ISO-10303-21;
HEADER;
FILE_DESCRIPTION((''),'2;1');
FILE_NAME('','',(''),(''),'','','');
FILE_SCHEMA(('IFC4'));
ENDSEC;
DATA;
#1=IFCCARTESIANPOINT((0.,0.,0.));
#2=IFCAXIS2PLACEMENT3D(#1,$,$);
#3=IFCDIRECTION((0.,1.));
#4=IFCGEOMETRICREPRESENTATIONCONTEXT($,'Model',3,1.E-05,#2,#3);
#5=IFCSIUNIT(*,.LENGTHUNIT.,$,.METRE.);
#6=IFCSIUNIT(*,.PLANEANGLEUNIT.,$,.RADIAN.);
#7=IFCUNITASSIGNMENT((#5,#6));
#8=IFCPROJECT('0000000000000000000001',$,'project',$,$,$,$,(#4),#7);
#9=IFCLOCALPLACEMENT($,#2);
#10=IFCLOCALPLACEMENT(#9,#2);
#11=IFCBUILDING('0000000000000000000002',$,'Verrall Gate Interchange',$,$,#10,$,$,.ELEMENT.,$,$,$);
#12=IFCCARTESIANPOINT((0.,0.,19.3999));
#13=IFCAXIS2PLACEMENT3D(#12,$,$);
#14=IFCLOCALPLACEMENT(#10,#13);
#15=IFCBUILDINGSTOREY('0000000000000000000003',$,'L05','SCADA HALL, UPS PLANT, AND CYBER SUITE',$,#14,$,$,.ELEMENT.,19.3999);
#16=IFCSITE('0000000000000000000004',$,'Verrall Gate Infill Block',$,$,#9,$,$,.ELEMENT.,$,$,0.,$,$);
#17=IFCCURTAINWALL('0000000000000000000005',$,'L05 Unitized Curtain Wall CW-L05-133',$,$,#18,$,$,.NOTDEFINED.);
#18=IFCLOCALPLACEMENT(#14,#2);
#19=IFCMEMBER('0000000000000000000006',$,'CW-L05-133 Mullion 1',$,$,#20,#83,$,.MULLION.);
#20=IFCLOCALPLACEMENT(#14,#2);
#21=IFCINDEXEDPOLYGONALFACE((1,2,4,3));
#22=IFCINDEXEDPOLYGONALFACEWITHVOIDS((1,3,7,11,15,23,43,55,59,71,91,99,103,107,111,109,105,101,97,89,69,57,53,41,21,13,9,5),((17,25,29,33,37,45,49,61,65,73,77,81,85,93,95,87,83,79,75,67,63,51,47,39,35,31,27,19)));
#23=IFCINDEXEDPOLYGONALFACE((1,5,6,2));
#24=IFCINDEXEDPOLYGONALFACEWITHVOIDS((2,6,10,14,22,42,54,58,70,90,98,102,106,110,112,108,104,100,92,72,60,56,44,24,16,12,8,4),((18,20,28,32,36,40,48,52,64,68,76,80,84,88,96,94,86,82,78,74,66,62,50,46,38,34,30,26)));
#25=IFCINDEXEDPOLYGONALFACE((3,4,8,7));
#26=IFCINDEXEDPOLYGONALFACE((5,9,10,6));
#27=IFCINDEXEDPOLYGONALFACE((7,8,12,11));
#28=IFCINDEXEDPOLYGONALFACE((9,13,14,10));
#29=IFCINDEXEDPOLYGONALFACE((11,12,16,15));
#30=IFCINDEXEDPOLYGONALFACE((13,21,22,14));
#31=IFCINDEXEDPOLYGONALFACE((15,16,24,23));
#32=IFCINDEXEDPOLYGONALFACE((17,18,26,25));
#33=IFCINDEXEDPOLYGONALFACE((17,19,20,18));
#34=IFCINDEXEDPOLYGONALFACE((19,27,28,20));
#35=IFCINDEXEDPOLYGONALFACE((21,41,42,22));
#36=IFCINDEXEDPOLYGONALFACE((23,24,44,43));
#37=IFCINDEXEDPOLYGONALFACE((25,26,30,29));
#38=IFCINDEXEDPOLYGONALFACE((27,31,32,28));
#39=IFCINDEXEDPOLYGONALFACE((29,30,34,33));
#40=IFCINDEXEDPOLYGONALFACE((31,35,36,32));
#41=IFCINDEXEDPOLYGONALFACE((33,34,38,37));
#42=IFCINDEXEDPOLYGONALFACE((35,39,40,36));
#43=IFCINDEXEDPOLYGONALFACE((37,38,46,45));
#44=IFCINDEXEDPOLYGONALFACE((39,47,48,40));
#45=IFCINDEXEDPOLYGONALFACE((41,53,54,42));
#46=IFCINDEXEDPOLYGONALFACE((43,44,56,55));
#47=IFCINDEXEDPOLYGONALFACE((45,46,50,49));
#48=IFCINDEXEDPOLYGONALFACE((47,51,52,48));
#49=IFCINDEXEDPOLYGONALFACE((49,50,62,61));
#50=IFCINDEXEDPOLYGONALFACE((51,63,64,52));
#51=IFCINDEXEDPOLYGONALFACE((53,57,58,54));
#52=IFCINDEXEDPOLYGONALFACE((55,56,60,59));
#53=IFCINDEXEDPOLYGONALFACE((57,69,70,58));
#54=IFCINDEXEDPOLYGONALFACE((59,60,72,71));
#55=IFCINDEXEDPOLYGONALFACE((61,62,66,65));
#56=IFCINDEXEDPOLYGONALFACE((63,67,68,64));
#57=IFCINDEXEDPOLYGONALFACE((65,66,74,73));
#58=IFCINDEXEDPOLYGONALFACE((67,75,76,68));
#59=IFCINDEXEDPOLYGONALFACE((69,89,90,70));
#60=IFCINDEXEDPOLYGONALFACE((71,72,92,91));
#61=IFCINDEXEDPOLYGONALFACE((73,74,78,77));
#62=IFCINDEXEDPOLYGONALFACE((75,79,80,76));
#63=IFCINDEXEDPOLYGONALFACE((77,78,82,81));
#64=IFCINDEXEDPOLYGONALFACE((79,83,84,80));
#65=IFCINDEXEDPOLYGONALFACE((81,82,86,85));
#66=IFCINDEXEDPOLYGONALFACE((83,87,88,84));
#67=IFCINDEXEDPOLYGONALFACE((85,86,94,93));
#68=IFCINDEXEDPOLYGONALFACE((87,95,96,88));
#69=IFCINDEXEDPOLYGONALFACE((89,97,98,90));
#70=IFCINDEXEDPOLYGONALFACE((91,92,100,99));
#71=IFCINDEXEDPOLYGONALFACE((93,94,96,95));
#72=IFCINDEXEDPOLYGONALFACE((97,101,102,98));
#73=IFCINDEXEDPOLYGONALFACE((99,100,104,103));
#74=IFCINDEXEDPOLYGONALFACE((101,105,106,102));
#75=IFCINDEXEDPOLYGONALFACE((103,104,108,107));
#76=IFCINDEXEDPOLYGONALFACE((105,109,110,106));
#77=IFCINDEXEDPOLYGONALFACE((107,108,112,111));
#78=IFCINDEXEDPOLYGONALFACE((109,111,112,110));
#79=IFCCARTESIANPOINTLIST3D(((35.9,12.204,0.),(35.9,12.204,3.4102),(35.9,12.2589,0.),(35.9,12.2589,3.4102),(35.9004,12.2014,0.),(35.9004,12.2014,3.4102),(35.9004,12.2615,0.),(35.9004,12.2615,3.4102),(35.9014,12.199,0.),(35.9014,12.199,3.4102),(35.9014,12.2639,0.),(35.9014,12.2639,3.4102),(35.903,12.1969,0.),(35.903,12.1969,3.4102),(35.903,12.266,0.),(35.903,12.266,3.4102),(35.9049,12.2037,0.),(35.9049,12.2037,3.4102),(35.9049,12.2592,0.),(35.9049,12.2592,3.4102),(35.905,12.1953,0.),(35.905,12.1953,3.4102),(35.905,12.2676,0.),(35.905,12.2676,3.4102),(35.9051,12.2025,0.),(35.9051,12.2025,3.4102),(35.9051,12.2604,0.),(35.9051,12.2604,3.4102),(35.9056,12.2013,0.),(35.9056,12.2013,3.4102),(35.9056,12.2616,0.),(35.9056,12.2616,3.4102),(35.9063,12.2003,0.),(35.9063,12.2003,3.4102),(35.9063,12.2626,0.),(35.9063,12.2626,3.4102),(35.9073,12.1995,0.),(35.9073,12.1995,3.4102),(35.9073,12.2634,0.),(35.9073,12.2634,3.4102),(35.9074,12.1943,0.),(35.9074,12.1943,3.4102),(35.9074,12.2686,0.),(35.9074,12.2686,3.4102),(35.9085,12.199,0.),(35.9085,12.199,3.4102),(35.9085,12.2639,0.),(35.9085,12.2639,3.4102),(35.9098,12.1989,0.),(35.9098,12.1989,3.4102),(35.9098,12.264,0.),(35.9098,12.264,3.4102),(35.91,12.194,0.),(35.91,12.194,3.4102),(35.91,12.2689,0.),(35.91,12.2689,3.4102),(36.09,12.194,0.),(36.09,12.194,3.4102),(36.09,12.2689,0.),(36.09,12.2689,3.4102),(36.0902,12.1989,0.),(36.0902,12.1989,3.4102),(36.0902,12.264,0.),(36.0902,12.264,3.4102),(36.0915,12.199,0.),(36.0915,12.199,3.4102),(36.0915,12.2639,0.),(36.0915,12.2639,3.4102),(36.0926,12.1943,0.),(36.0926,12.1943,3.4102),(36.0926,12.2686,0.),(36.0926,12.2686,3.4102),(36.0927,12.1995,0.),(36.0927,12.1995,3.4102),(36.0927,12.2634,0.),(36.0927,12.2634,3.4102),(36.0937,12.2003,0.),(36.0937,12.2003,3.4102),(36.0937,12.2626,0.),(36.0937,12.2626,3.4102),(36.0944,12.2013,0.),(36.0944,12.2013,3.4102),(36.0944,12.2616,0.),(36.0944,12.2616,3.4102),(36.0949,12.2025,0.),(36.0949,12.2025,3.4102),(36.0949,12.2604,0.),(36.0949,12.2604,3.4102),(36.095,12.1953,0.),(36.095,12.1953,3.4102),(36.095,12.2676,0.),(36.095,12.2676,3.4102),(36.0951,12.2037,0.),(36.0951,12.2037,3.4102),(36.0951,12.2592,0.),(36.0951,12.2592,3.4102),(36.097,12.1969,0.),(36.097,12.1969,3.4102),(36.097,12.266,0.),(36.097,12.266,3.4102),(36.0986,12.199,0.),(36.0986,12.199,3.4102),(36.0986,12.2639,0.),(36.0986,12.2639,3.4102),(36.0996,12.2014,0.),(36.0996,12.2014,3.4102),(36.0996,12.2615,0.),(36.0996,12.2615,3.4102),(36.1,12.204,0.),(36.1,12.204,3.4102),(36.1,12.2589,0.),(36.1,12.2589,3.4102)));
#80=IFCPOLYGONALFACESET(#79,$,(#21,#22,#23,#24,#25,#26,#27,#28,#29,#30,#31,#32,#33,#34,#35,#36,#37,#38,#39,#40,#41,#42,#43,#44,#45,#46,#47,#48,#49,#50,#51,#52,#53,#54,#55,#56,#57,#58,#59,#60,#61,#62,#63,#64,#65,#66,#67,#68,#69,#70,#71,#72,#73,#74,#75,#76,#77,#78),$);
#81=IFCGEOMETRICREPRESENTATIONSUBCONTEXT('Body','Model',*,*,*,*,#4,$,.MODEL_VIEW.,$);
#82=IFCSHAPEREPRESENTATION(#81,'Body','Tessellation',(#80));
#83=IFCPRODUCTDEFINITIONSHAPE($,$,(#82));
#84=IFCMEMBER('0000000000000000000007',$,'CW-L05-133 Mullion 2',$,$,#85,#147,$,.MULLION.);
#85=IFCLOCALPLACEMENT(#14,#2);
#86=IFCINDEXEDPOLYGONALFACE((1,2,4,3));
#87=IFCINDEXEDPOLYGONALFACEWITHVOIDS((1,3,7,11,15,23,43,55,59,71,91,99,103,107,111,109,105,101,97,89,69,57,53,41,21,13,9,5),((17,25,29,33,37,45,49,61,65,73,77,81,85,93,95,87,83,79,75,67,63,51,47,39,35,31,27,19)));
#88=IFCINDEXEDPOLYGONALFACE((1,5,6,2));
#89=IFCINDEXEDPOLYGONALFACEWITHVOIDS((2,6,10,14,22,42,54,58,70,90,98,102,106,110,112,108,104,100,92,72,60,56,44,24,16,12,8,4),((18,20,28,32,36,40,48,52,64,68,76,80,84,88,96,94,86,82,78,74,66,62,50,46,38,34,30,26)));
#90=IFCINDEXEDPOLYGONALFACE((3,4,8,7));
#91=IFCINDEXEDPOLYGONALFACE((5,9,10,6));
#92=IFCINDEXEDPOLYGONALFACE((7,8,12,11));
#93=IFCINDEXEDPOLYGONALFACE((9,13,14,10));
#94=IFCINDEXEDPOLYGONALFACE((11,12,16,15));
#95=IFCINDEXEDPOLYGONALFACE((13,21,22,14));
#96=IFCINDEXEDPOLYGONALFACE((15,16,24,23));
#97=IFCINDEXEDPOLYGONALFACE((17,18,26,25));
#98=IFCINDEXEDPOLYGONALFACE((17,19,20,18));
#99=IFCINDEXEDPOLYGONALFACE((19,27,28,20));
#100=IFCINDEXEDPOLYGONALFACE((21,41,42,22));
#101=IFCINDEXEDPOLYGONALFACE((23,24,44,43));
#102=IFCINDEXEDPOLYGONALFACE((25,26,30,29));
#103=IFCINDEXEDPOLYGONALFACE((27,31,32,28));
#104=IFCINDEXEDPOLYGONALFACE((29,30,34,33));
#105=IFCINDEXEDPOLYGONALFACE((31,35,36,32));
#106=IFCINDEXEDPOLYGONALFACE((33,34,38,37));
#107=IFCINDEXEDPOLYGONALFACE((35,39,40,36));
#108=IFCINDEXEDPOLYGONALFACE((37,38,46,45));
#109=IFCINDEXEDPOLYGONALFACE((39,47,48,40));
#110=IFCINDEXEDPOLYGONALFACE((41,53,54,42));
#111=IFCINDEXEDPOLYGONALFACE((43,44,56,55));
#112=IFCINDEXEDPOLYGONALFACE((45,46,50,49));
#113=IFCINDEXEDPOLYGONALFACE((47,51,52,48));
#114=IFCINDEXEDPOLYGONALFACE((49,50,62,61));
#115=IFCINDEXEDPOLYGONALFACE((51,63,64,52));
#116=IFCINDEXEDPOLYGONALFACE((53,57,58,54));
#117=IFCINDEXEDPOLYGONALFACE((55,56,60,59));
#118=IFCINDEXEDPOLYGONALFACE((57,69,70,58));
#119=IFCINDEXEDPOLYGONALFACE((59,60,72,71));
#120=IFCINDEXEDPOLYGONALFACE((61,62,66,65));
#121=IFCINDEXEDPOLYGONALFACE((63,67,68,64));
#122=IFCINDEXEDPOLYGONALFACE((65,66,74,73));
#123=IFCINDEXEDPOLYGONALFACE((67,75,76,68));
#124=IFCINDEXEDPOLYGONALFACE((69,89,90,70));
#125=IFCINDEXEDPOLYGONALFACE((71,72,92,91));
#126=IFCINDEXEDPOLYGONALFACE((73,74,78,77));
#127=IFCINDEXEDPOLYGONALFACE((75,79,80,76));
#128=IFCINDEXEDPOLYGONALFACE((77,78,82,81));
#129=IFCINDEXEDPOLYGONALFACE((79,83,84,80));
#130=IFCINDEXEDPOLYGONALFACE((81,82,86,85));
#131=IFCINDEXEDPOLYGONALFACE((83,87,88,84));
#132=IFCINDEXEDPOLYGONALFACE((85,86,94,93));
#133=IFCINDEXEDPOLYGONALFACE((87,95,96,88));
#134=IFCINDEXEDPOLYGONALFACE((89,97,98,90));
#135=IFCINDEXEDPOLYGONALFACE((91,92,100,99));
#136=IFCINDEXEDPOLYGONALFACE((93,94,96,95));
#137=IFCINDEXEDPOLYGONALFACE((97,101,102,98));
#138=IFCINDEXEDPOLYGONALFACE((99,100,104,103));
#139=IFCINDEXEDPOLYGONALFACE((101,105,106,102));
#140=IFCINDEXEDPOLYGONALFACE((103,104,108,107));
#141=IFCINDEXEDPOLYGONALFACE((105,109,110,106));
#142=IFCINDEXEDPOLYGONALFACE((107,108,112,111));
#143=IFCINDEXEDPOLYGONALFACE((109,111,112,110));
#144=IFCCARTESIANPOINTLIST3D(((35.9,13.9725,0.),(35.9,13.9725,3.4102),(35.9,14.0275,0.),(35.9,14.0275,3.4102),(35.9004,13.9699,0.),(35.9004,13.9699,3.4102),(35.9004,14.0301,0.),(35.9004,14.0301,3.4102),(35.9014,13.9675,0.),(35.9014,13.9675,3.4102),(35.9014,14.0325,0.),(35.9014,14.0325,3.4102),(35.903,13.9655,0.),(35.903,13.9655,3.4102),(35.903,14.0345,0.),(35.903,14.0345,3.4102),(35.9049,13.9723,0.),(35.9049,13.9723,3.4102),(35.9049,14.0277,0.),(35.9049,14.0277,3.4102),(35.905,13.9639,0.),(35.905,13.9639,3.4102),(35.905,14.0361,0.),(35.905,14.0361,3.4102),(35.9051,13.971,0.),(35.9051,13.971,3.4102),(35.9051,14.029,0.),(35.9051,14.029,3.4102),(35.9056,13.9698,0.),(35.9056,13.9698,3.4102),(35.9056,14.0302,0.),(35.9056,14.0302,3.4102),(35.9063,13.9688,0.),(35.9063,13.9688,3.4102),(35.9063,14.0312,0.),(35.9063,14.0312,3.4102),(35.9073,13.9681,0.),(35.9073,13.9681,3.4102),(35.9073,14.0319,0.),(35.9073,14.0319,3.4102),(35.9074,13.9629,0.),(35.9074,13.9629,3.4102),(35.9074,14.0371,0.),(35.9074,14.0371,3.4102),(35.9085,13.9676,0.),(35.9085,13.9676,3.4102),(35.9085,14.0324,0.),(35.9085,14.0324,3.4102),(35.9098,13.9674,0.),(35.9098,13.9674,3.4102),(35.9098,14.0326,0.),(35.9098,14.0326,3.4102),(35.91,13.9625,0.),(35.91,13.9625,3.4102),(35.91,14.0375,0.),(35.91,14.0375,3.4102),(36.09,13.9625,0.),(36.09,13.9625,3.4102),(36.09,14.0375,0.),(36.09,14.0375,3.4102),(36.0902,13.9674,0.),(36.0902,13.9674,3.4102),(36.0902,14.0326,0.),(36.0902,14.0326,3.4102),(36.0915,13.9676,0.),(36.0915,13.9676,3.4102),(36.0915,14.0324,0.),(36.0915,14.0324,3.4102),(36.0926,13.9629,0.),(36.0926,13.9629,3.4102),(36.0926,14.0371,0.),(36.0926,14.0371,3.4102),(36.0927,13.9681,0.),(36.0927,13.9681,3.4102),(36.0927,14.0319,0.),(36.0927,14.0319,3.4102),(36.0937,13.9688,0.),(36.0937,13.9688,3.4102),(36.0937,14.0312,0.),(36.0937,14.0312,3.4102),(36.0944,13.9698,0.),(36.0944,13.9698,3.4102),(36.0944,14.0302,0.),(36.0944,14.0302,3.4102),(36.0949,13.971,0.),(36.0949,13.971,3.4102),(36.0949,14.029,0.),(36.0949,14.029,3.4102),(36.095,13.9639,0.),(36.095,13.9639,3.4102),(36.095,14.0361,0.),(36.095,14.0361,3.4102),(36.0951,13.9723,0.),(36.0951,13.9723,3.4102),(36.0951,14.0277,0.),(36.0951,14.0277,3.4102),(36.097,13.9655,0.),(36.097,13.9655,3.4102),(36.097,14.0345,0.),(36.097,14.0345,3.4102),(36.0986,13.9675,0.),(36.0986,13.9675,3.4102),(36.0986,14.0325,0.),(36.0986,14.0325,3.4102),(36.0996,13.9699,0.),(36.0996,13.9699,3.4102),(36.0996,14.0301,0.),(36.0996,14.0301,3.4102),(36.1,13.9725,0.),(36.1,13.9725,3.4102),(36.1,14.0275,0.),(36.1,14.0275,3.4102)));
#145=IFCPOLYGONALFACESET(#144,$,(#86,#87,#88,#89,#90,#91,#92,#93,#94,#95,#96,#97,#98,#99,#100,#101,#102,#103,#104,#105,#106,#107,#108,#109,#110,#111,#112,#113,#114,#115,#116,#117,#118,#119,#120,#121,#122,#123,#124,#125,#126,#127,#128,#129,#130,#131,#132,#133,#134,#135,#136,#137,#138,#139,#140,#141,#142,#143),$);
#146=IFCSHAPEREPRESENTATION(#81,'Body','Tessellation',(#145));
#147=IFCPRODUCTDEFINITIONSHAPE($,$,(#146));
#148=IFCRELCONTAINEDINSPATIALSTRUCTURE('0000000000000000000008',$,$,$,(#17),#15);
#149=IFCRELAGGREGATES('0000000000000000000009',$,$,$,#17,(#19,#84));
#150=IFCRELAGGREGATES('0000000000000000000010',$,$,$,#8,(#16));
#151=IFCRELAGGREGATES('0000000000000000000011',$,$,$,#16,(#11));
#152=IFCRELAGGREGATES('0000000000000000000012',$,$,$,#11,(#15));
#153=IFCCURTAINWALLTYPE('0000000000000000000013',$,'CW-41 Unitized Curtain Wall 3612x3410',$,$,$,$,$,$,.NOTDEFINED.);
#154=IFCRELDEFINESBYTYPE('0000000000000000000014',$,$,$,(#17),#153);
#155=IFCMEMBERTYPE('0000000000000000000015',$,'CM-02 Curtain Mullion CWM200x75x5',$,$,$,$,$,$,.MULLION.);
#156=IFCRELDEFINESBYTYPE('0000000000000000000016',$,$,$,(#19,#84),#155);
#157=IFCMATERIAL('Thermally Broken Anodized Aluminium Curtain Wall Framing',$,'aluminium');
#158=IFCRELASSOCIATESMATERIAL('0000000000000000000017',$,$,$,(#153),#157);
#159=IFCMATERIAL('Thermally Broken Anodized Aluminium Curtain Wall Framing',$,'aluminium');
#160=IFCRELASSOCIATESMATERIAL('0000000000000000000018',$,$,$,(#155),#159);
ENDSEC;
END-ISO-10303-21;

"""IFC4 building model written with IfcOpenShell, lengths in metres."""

from ifc_helpers import new_model, si_unit, direction, frame, origin, origin_2d, place, context, subcontext, project, spatial, hollow_rectangle, extrude, material, material_profile, profile_set, type_object, element, aggregate, save


model = new_model("IFC4")

# Units and contexts
model_context = context("Model", 3, precision=1e-05, world=origin(), true_north=direction((0.0, 1.0)))
body_context = subcontext(model_context, "Body", "Model", "MODEL_VIEW")
ifc_project = project(units=[si_unit("LENGTHUNIT", "METRE"), si_unit("PLANEANGLEUNIT", "RADIAN")], contexts=[model_context])

# Site, building, storey
site_placement = place(None, origin())
site = spatial("IfcSite", under=ifc_project, at=site_placement, Name="Verrall Gate Infill Block", CompositionType="ELEMENT", RefElevation=0.0)
building_placement = place(site_placement, origin())
building = spatial("IfcBuilding", under=site, at=building_placement, Name="Verrall Gate Interchange", CompositionType="ELEMENT")
storey_placement = place(building_placement, frame((0.0, 0.0, 19.3999)))
storey = spatial("IfcBuildingStorey", under=building, at=storey_placement, Name="L05", Description="SCADA HALL, UPS PLANT, AND CYBER SUITE", CompositionType="ELEMENT", Elevation=19.3999)

# Curtain wall, members
ifc_material_1 = material(Name="Thermally Broken Anodized Aluminium Curtain Wall Framing", Category="aluminium")
curtain_wall_type = type_object("IfcCurtainWallType", Name="CW-41 Unitized Curtain Wall 3612x3410", PredefinedType="NOTDEFINED", material=ifc_material_1)
curtain_wall_placement = place(storey_placement, origin())
curtain_wall = element("IfcCurtainWall", 1, at=curtain_wall_placement, inside=storey, type_object=curtain_wall_type, Name="L05 Unitized Curtain Wall CW-L05-133", PredefinedType="NOTDEFINED")
ifc_material_2 = material(Name="Thermally Broken Anodized Aluminium Curtain Wall Framing", Category="aluminium")
ifc_material_profile_1 = material_profile(ifc_material_2, hollow_rectangle(XDim=0.075, YDim=0.2, WallThickness=0.0049, InnerFilletRadius=0.0049, OuterFilletRadius=0.01, at=origin_2d()), Name="CWM200x75x5")
ifc_profile_set_1 = profile_set([ifc_material_profile_1], Name="Thermally Broken Anodized Aluminium Curtain Wall Framing")
member_type_1 = type_object("IfcMemberType", Name="CM-02 Curtain Mullion CWM200x75x5", PredefinedType="MULLION", material=ifc_profile_set_1)
member_1_placement = place(storey_placement, frame((36.0, 12.2314, 0.0), z_axis=(0.0, 0.0, 1.0), x_axis=(0.0, 1.0, 0.0)))
member_1 = element("IfcMember", 2, at=member_1_placement, type_object=member_type_1, Name="CW-L05-133 Mullion 1", PredefinedType="MULLION", context=body_context, shape_type="SweptSolid", body=[
    extrude(hollow_rectangle(XDim=0.075, YDim=0.2, WallThickness=0.0049, InnerFilletRadius=0.0049, OuterFilletRadius=0.01, at=origin_2d()), origin(), (0.0, 0.0, 1.0), 3.4102),
])
member_2_placement = place(storey_placement, frame((36.0, 14.0, 0.0), z_axis=(0.0, 0.0, 1.0), x_axis=(0.0, 1.0, 0.0)))
member_2 = element("IfcMember", 3, at=member_2_placement, type_object=member_type_1, Name="CW-L05-133 Mullion 2", PredefinedType="MULLION", context=body_context, shape_type="SweptSolid", body=[
    extrude(hollow_rectangle(XDim=0.075, YDim=0.2, WallThickness=0.0049, InnerFilletRadius=0.0049, OuterFilletRadius=0.01, at=origin_2d()), origin(), (0.0, 0.0, 1.0), 3.4102),
])

aggregate(curtain_wall, [member_1, member_2])

save(model, "model.ifc")
